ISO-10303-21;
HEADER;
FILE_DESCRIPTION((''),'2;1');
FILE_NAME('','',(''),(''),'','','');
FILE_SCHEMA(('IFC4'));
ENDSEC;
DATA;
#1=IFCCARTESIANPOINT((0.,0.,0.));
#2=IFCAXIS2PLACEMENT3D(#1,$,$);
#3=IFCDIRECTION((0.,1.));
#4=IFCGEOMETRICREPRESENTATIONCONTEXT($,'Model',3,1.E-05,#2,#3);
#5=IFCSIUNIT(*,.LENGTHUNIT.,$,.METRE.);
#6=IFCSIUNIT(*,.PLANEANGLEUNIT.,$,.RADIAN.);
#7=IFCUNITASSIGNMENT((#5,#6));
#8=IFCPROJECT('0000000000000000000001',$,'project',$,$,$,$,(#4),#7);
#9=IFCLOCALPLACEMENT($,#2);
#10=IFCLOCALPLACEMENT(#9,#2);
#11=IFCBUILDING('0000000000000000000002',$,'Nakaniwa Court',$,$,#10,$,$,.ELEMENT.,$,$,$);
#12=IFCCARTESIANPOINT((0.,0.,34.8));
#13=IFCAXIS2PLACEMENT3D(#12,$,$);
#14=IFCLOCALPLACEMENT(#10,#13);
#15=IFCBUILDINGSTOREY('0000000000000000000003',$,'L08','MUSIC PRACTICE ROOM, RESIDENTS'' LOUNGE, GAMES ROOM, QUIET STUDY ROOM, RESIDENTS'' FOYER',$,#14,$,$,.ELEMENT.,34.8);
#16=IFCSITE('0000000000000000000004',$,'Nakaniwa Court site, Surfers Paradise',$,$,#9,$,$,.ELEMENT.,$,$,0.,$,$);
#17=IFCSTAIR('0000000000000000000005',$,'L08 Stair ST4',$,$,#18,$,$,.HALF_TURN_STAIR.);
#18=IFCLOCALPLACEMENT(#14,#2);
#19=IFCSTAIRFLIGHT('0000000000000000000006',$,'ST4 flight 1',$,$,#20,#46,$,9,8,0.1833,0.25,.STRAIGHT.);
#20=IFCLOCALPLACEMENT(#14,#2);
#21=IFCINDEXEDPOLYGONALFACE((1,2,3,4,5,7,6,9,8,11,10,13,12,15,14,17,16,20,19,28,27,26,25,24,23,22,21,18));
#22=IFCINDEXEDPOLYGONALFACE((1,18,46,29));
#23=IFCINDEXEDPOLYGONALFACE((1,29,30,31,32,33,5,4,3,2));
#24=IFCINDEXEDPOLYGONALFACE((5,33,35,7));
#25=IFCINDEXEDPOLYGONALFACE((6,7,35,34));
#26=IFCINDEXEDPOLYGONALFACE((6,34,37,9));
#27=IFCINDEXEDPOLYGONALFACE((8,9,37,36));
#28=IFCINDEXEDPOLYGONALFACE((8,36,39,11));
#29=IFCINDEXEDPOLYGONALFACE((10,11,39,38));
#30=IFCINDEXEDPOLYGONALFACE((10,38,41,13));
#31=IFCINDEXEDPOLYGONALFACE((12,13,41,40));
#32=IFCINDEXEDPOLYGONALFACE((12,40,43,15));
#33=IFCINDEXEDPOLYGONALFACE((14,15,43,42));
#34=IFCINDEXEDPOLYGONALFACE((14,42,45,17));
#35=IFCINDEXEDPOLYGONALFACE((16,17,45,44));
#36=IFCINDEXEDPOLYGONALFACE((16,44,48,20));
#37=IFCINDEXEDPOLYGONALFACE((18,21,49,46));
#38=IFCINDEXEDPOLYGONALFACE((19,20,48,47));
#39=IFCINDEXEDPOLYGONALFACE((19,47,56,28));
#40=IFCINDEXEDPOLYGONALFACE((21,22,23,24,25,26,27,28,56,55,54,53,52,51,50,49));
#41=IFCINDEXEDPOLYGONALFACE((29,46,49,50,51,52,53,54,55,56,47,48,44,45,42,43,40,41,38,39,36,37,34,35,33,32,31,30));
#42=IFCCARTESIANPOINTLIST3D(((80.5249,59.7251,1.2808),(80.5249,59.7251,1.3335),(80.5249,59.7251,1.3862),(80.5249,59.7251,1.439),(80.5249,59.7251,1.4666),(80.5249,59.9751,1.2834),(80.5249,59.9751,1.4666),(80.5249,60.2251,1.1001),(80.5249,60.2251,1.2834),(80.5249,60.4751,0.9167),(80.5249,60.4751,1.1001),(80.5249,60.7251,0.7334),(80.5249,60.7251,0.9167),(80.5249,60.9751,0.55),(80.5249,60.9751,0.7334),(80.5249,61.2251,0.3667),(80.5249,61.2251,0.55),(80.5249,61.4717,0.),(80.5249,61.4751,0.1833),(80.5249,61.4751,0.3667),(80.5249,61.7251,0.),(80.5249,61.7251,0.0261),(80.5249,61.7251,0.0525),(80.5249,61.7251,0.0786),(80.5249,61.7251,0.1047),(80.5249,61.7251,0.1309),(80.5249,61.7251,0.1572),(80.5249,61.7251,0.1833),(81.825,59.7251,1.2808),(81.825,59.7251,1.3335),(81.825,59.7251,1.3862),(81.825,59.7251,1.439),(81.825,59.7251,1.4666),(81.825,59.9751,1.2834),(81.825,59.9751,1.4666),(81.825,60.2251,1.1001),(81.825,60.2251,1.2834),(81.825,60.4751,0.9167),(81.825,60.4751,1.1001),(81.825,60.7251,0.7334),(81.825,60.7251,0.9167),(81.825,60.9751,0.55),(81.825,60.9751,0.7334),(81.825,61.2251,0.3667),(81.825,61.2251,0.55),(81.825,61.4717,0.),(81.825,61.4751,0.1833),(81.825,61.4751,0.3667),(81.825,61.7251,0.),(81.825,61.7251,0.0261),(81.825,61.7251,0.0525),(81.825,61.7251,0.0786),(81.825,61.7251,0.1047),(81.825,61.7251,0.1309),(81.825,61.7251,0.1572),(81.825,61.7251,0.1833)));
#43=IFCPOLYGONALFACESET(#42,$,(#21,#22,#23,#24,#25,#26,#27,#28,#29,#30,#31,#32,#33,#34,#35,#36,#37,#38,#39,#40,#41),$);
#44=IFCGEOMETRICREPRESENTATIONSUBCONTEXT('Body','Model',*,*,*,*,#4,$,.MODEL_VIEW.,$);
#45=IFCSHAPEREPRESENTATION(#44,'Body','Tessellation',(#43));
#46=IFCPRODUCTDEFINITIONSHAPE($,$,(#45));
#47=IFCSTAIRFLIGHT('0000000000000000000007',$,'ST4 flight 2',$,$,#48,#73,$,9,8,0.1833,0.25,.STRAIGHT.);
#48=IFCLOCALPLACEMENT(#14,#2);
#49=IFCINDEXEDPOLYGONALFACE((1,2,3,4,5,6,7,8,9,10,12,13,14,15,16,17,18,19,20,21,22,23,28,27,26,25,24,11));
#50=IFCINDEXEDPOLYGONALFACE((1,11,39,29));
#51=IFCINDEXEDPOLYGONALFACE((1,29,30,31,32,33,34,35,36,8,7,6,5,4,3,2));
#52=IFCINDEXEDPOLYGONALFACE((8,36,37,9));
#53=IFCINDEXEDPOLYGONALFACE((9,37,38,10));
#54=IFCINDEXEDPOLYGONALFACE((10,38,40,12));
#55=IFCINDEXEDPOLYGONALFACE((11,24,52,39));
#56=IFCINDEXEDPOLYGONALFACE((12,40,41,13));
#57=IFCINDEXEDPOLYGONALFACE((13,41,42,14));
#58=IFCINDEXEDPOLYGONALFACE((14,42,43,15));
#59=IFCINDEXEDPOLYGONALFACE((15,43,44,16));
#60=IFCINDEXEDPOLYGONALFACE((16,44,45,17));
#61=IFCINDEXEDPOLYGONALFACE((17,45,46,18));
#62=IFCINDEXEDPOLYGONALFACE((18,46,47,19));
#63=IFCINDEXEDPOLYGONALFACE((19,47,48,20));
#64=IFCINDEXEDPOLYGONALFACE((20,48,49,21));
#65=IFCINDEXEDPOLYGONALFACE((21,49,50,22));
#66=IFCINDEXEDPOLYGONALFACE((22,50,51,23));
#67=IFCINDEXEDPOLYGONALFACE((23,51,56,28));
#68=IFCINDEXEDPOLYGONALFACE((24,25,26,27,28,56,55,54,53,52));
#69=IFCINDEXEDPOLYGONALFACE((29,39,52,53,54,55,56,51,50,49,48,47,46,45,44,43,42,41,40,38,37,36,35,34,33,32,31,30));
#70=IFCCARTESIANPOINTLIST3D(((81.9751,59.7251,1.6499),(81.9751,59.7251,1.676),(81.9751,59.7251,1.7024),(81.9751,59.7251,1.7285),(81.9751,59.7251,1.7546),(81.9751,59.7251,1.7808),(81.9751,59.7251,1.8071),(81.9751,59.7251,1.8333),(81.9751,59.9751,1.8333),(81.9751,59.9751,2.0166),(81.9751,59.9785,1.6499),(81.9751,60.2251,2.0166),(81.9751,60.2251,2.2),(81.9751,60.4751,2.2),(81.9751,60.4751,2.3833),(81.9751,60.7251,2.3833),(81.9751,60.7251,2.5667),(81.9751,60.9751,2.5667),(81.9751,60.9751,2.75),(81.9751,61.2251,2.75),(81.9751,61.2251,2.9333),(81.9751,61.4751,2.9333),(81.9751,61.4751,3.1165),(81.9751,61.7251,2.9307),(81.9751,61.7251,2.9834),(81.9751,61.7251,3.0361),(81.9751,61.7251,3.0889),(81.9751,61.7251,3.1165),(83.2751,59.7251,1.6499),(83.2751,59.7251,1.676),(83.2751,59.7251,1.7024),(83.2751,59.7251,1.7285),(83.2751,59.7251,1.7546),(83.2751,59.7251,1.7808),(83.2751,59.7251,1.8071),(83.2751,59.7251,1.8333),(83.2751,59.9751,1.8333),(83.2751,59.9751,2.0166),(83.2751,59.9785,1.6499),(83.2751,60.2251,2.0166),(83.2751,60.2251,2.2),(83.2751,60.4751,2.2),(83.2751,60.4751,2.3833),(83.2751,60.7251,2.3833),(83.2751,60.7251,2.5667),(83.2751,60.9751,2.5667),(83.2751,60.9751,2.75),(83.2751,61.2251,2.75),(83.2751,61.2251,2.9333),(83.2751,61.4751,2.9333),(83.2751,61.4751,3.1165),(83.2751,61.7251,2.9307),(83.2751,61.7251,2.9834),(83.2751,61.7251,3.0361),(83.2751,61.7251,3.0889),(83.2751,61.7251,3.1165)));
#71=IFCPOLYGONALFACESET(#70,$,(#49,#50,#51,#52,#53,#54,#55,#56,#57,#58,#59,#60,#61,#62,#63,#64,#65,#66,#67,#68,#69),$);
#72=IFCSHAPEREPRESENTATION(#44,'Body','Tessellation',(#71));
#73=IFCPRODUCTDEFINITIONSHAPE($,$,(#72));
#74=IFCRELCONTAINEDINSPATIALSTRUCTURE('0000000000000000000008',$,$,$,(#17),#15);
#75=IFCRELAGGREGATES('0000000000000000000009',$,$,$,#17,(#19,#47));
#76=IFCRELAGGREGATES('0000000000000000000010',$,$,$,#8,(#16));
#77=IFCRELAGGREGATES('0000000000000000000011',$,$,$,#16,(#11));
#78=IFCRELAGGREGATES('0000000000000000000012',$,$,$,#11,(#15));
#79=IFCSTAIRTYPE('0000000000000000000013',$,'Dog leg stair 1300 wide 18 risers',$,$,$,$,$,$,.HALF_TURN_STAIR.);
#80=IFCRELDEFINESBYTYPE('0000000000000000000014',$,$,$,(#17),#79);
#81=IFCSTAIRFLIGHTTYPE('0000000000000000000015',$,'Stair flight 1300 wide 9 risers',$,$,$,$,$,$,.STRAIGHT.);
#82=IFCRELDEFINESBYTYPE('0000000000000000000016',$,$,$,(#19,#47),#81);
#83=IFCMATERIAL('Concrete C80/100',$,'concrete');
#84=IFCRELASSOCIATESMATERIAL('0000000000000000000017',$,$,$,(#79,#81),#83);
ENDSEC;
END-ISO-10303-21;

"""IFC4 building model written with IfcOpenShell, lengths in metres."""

from ifc_helpers import new_model, si_unit, direction, frame, origin, place, context, subcontext, project, spatial, polyline, outline, extrude, material, type_object, element, aggregate, save


model = new_model("IFC4")

# Units and contexts
model_context = context("Model", 3, precision=1e-05, world=origin(), true_north=direction((0.0, 1.0)))
body_context = subcontext(model_context, "Body", "Model", "MODEL_VIEW")
ifc_project = project(units=[si_unit("LENGTHUNIT", "METRE"), si_unit("PLANEANGLEUNIT", "RADIAN")], contexts=[model_context])

# Site, building, storey
site_placement = place(None, origin())
site = spatial("IfcSite", under=ifc_project, at=site_placement, Name="Nakaniwa Court site, Surfers Paradise", CompositionType="ELEMENT", RefElevation=0.0)
building_placement = place(site_placement, origin())
building = spatial("IfcBuilding", under=site, at=building_placement, Name="Nakaniwa Court", CompositionType="ELEMENT")
storey_placement = place(building_placement, frame((0.0, 0.0, 34.8)))
storey = spatial("IfcBuildingStorey", under=building, at=storey_placement, Name="L08", Description="MUSIC PRACTICE ROOM, RESIDENTS' LOUNGE, GAMES ROOM, QUIET STUDY ROOM, RESIDENTS' FOYER", CompositionType="ELEMENT", Elevation=34.8)

# Shared definitions
ifc_material_1 = material(Name="Concrete C80/100", Category="concrete")

# Stair, stair flights
stair_type = type_object("IfcStairType", Name="Dog leg stair 1300 wide 18 risers", PredefinedType="HALF_TURN_STAIR", material=ifc_material_1)
stair_placement = place(storey_placement, origin())
stair = element("IfcStair", 1, at=stair_placement, inside=storey, type_object=stair_type, Name="L08 Stair ST4", PredefinedType="HALF_TURN_STAIR")
stair_flight_type = type_object("IfcStairFlightType", Name="Stair flight 1300 wide 9 risers", PredefinedType="STRAIGHT", material=ifc_material_1)
stair_flight_1_placement = place(storey_placement, frame((81.175, 61.7251, 0.0), z_axis=(0.0, 0.0, 1.0), x_axis=(0.0, -1.0, 0.0)))
stair_flight_1 = element("IfcStairFlight", 2, at=stair_flight_1_placement, type_object=stair_flight_type, Name="ST4 flight 1", NumberOfRisers=9, NumberOfTreads=8, PredefinedType="STRAIGHT", RiserHeight=0.1833, TreadLength=0.25, context=body_context, shape_type="SweptSolid", body=[
    extrude(outline(polyline([(0.0, 0.0), (0.0, 0.0261), (0.0, 0.0525), (0.0, 0.0786), (0.0, 0.1047), (0.0, 0.1309), (0.0, 0.1572), (0.0, 0.1833), (0.25, 0.1833), (0.25, 0.3667), (0.5, 0.3667), (0.5, 0.55), (0.75, 0.55), (0.75, 0.7334), (1.0, 0.7334), (1.0, 0.9167), (1.25, 0.9167), (1.25, 1.1001), (1.5, 1.1001), (1.5, 1.2834), (1.75, 1.2834), (1.75, 1.4666), (2.0, 1.4666), (2.0, 1.6499), (2.0, 1.5972), (2.0, 1.5444), (2.0, 1.4917), (2.0, 1.439), (2.0, 1.3862), (2.0, 1.3335), (2.0, 1.2808), (0.2534, 0.0), (0.0, 0.0)])), frame((0.0, 0.6499, 0.0), z_axis=(0.0, -1.0, 0.0), x_axis=(1.0, 0.0, 0.0)), (0.0, 0.0, 1.0), 1.3),
])
stair_flight_2_placement = place(storey_placement, frame((82.625, 59.7251, 1.6499), z_axis=(0.0, 0.0, 1.0), x_axis=(0.0, 1.0, 0.0)))
stair_flight_2 = element("IfcStairFlight", 3, at=stair_flight_2_placement, type_object=stair_flight_type, Name="ST4 flight 2", NumberOfRisers=9, NumberOfTreads=8, PredefinedType="STRAIGHT", RiserHeight=0.1833, TreadLength=0.25, context=body_context, shape_type="SweptSolid", body=[
    extrude(outline(polyline([(0.0, 0.0), (0.0, 0.0261), (0.0, 0.0525), (0.0, 0.0786), (0.0, 0.1047), (0.0, 0.1309), (0.0, 0.1572), (0.0, 0.1833), (0.25, 0.1833), (0.25, 0.3667), (0.5, 0.3667), (0.5, 0.55), (0.75, 0.55), (0.75, 0.7334), (1.0, 0.7334), (1.0, 0.9167), (1.25, 0.9167), (1.25, 1.1001), (1.5, 1.1001), (1.5, 1.2834), (1.75, 1.2834), (1.75, 1.4666), (2.0, 1.4666), (2.0, 1.6499), (2.0, 1.5972), (2.0, 1.5444), (2.0, 1.4917), (2.0, 1.439), (2.0, 1.3862), (2.0, 1.3335), (2.0, 1.2808), (0.2534, 0.0), (0.0, 0.0)])), frame((0.0, 0.6499, 0.0), z_axis=(0.0, -1.0, 0.0), x_axis=(1.0, 0.0, 0.0)), (0.0, 0.0, 1.0), 1.3),
])
aggregate(stair, [stair_flight_1, stair_flight_2])

save(model, "model.ifc")
